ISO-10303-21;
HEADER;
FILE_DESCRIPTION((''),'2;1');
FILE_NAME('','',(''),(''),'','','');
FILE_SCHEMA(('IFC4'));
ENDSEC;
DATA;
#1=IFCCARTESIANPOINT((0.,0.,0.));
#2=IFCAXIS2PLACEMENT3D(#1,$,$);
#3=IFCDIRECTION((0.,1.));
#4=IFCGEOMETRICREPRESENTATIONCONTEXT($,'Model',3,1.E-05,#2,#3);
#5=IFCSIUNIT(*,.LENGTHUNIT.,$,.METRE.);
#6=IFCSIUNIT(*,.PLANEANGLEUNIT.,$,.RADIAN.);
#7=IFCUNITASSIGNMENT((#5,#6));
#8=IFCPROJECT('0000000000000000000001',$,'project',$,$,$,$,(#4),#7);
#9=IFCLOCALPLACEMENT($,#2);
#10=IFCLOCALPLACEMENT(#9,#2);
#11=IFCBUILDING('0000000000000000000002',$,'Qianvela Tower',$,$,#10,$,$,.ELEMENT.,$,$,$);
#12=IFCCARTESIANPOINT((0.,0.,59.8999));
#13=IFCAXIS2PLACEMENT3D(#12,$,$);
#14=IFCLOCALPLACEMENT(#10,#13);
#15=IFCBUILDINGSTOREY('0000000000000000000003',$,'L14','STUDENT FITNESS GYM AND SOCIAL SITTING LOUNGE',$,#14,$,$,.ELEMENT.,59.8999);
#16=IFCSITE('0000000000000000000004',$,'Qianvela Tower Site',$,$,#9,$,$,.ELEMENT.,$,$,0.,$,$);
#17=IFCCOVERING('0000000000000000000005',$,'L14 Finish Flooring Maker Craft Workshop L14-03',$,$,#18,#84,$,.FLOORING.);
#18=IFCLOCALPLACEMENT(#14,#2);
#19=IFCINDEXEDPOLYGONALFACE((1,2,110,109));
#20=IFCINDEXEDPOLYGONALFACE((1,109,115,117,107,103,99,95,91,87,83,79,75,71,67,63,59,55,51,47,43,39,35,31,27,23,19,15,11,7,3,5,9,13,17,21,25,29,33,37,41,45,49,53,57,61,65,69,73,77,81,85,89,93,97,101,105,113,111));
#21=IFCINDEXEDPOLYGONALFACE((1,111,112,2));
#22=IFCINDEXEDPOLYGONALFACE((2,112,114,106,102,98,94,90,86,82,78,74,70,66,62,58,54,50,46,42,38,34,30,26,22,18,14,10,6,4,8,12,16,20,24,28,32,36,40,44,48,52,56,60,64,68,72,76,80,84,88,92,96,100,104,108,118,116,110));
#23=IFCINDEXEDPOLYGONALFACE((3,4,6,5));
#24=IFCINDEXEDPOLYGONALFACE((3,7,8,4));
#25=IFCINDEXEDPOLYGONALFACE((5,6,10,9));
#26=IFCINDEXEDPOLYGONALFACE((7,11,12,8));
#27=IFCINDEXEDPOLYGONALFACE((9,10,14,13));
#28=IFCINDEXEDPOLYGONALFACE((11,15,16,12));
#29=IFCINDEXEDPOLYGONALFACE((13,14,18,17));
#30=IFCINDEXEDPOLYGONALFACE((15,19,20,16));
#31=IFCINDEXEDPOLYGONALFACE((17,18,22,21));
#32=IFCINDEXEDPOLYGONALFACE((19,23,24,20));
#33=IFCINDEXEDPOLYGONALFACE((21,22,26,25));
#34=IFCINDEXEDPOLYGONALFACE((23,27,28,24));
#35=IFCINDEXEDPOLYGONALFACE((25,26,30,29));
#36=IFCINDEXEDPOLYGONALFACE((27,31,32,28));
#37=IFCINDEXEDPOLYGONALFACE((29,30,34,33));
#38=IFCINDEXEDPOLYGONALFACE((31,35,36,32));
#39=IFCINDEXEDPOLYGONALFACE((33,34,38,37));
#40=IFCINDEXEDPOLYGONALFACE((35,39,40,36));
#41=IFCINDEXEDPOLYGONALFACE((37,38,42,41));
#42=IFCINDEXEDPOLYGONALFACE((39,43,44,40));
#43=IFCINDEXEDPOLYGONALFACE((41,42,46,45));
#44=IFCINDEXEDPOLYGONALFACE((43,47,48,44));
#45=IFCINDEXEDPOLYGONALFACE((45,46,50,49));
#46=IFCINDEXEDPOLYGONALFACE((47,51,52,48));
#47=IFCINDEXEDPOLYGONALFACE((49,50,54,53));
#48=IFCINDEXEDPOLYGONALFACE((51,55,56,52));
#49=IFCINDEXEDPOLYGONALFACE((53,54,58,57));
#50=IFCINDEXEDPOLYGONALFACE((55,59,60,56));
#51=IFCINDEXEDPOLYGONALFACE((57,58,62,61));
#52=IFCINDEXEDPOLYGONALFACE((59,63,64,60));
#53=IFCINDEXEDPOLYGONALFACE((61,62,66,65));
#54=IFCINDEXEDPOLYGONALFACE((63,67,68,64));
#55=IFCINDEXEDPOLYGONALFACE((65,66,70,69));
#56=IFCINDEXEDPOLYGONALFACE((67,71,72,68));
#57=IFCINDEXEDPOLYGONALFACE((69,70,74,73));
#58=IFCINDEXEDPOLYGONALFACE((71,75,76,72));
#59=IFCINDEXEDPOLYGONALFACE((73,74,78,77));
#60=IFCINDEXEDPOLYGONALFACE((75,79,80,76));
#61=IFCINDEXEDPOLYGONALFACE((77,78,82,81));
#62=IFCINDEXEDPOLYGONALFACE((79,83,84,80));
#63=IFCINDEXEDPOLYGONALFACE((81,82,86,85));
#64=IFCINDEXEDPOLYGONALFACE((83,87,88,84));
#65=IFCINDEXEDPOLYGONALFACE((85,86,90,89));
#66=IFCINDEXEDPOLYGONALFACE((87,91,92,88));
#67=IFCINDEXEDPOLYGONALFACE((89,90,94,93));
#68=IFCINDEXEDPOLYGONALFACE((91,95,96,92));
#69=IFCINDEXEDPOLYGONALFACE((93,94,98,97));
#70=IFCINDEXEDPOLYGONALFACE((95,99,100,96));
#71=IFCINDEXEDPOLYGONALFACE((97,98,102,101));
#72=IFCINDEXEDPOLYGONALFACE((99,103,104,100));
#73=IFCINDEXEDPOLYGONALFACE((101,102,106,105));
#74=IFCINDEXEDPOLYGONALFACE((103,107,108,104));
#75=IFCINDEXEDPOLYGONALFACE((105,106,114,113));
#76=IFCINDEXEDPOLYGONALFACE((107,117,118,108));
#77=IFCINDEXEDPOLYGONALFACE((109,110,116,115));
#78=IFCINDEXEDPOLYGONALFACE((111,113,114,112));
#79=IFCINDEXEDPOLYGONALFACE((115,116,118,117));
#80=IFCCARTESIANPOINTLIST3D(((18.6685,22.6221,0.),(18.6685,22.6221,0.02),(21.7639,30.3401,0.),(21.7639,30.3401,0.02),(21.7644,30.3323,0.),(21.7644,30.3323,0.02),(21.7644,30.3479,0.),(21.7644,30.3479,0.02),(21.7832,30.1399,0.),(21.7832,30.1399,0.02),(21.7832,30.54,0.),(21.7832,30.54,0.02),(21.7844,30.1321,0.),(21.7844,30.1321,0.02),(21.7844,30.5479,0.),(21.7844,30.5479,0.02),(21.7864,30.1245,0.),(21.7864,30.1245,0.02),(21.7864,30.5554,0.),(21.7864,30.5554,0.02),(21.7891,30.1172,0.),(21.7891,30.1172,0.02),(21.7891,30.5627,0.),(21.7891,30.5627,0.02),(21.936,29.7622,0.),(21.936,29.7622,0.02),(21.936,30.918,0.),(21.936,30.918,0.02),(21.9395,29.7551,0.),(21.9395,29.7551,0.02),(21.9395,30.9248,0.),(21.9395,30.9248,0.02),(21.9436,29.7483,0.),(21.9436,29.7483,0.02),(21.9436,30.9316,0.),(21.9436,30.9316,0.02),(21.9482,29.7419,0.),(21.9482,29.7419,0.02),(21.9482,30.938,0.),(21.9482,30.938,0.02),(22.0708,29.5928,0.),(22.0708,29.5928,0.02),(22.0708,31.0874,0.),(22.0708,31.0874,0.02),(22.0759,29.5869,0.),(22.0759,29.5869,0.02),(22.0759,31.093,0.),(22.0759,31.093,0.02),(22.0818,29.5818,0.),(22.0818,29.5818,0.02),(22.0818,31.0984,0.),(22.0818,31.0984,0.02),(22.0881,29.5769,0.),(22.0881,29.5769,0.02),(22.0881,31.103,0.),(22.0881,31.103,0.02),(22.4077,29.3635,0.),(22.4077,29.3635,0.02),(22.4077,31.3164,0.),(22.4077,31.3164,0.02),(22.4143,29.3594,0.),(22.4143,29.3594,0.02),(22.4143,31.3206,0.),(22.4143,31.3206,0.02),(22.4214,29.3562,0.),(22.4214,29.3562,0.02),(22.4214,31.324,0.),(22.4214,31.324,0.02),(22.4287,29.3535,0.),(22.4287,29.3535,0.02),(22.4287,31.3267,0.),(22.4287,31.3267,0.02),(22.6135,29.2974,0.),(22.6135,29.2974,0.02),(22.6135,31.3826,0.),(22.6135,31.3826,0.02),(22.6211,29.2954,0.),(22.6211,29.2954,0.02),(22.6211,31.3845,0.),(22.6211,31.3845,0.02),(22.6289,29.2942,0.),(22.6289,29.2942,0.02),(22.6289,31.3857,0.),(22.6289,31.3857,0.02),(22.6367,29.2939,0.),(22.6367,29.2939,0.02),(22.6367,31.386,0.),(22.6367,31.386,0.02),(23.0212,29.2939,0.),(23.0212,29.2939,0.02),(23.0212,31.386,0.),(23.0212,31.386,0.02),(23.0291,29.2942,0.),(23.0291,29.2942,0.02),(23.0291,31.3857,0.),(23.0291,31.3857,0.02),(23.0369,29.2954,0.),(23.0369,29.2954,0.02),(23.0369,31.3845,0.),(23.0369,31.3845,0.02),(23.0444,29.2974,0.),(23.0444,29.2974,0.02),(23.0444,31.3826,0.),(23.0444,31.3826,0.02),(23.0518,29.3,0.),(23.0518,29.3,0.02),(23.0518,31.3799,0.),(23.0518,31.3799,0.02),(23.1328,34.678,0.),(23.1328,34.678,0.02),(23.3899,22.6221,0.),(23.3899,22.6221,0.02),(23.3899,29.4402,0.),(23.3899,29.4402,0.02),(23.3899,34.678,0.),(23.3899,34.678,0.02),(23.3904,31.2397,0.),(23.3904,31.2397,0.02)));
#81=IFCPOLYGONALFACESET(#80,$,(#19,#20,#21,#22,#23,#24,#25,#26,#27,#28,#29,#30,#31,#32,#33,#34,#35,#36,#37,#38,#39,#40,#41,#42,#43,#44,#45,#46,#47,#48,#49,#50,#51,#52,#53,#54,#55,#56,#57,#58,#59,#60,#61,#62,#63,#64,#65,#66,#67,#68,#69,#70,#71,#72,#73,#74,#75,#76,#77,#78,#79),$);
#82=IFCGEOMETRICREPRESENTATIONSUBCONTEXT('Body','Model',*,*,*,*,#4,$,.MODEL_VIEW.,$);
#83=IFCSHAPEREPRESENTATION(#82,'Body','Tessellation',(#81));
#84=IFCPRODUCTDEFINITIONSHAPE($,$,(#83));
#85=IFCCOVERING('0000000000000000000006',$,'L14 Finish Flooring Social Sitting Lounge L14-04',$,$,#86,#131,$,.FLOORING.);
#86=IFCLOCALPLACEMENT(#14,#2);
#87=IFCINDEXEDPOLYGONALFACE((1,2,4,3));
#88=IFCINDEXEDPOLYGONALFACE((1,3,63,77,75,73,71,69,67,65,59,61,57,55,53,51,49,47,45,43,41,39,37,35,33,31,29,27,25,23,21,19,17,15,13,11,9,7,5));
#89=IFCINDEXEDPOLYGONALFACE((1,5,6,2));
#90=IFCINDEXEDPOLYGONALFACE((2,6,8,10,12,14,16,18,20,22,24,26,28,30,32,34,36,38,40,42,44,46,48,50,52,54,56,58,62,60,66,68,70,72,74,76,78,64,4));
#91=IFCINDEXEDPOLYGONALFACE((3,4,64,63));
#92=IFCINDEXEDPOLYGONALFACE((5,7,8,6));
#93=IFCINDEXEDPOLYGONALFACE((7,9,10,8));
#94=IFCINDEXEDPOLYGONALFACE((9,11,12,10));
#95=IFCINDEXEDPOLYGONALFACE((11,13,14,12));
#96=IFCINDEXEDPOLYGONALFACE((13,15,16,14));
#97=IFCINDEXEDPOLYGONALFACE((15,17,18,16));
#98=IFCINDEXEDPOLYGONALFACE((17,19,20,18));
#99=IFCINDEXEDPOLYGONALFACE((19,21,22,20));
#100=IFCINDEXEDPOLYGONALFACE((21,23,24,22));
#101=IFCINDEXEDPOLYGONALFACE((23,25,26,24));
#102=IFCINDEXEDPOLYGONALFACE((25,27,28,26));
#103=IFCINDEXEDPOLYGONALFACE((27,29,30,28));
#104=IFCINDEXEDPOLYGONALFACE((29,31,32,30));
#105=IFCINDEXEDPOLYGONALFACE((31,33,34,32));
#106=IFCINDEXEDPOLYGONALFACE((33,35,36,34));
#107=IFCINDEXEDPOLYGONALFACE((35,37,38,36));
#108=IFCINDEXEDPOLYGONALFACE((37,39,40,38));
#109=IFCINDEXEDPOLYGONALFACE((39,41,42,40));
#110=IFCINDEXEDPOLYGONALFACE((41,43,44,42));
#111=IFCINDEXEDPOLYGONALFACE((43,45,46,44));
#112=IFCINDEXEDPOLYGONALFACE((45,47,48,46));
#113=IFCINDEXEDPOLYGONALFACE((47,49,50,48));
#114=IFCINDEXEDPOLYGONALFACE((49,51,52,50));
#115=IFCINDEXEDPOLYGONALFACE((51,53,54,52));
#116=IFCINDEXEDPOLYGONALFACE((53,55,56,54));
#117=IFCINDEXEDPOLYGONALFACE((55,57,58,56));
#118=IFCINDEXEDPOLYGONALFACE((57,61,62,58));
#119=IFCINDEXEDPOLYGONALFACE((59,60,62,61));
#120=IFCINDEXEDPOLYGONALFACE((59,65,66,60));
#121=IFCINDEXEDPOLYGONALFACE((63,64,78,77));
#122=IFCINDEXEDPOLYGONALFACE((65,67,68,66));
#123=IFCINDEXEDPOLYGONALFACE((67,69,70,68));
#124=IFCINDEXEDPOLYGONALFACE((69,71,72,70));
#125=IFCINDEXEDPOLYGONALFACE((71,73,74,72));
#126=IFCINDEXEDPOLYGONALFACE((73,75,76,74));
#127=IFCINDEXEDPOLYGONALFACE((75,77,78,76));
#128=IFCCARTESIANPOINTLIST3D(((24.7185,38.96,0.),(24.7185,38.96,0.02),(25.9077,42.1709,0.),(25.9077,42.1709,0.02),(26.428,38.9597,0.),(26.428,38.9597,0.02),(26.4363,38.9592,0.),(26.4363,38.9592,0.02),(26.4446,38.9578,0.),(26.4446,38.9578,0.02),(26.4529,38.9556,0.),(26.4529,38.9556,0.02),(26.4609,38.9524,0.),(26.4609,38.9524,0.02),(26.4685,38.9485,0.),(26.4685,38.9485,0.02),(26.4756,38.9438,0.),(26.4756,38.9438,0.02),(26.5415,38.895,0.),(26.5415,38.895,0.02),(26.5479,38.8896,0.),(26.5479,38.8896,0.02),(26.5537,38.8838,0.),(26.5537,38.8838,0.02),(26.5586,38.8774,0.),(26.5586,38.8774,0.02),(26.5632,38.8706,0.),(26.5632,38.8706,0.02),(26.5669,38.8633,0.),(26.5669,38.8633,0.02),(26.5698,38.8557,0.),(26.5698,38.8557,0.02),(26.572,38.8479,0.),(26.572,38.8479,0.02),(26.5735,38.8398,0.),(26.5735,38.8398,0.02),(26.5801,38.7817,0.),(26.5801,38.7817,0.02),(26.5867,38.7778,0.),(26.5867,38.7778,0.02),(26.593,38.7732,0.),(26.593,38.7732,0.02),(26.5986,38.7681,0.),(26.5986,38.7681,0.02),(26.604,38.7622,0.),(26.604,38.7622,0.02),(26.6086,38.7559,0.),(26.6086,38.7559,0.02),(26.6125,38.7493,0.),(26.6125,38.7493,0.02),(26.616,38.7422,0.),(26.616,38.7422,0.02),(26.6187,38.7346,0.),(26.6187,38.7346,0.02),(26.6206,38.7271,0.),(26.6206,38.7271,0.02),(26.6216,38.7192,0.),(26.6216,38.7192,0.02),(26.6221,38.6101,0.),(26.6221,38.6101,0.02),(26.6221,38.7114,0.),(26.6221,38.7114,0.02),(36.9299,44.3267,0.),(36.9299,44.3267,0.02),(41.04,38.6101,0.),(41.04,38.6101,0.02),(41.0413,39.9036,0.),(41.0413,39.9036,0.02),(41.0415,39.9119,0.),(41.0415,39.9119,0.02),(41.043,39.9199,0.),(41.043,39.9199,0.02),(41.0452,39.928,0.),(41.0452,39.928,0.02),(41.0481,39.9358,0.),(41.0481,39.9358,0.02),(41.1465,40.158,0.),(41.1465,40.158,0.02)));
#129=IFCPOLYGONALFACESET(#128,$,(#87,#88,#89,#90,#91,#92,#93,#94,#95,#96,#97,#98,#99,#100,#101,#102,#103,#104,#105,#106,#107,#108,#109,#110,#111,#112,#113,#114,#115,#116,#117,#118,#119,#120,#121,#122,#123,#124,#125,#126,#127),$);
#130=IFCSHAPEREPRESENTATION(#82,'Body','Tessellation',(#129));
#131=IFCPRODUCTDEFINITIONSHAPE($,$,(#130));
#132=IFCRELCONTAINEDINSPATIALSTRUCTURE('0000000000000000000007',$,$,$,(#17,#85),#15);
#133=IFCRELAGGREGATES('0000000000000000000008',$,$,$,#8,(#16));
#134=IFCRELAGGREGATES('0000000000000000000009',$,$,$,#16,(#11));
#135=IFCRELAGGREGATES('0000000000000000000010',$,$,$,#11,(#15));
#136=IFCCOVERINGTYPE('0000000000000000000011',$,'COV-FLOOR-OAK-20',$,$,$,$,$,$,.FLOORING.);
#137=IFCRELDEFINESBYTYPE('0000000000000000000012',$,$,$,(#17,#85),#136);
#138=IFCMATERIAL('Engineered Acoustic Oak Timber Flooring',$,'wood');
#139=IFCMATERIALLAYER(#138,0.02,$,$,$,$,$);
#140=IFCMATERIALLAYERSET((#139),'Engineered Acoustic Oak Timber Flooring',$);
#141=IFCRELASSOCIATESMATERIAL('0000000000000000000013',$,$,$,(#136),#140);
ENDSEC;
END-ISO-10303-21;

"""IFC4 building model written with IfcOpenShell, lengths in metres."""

from ifc_helpers import new_model, si_unit, direction, frame, origin, place, context, subcontext, project, spatial, polyline, outline, extrude, material, layer, layer_set, type_object, element, save


model = new_model("IFC4")

# Units and contexts
model_context = context("Model", 3, precision=1e-05, world=origin(), true_north=direction((0.0, 1.0)))
body_context = subcontext(model_context, "Body", "Model", "MODEL_VIEW")
ifc_project = project(units=[si_unit("LENGTHUNIT", "METRE"), si_unit("PLANEANGLEUNIT", "RADIAN")], contexts=[model_context])

# Site, building, storey
site_placement = place(None, origin())
site = spatial("IfcSite", under=ifc_project, at=site_placement, Name="Qianvela Tower Site", CompositionType="ELEMENT", RefElevation=0.0)
building_placement = place(site_placement, origin())
building = spatial("IfcBuilding", under=site, at=building_placement, Name="Qianvela Tower", CompositionType="ELEMENT")
storey_placement = place(building_placement, frame((0.0, 0.0, 59.8999)))
storey = spatial("IfcBuildingStorey", under=building, at=storey_placement, Name="L14", Description="STUDENT FITNESS GYM AND SOCIAL SITTING LOUNGE", CompositionType="ELEMENT", Elevation=59.8999)

# Coverings
ifc_material_1 = material(Name="Engineered Acoustic Oak Timber Flooring", Category="wood")
ifc_layer_1 = layer(ifc_material_1, 0.02)
ifc_layer_set_1 = layer_set([ifc_layer_1], Name="Engineered Acoustic Oak Timber Flooring")
covering_type_1 = type_object("IfcCoveringType", Name="COV-FLOOR-OAK-20", PredefinedType="FLOORING", material=ifc_layer_set_1)
covering_1_placement = place(storey_placement, origin())
element("IfcCovering", 1, at=covering_1_placement, inside=storey, type_object=covering_type_1, Name="L14 Finish Flooring Maker Craft Workshop L14-03", PredefinedType="FLOORING", context=body_context, shape_type="SweptSolid", body=[
    extrude(outline(polyline([(23.3899, 29.4402), (23.3899, 22.6221), (18.6685, 22.6221), (23.1328, 34.678), (23.3899, 34.678), (23.3904, 31.2397), (23.0518, 31.3799), (23.0444, 31.3826), (23.0369, 31.3845), (23.0291, 31.3857), (23.0212, 31.386), (22.6367, 31.386), (22.6289, 31.3857), (22.6211, 31.3845), (22.6135, 31.3826), (22.4287, 31.3267), (22.4214, 31.324), (22.4143, 31.3206), (22.4077, 31.3164), (22.0881, 31.103), (22.0818, 31.0984), (22.0759, 31.093), (22.0708, 31.0874), (21.9482, 30.938), (21.9436, 30.9316), (21.9395, 30.9248), (21.936, 30.918), (21.7891, 30.5627), (21.7864, 30.5554), (21.7844, 30.5479), (21.7832, 30.54), (21.7644, 30.3479), (21.7639, 30.3401), (21.7644, 30.3323), (21.7832, 30.1399), (21.7844, 30.1321), (21.7864, 30.1245), (21.7891, 30.1172), (21.936, 29.7622), (21.9395, 29.7551), (21.9436, 29.7483), (21.9482, 29.7419), (22.0708, 29.5928), (22.0759, 29.5869), (22.0818, 29.5818), (22.0881, 29.5769), (22.4077, 29.3635), (22.4143, 29.3594), (22.4214, 29.3562), (22.4287, 29.3535), (22.6135, 29.2974), (22.6211, 29.2954), (22.6289, 29.2942), (22.6367, 29.2939), (23.0212, 29.2939), (23.0291, 29.2942), (23.0369, 29.2954), (23.0444, 29.2974), (23.0518, 29.3), (23.3899, 29.4402)])), origin(), (0.0, 0.0, 1.0), 0.02),
])
covering_2_placement = place(storey_placement, origin())
element("IfcCovering", 2, at=covering_2_placement, inside=storey, type_object=covering_type_1, Name="L14 Finish Flooring Social Sitting Lounge L14-04", PredefinedType="FLOORING", context=body_context, shape_type="SweptSolid", body=[
    extrude(outline(polyline([(26.5735, 38.8398), (26.572, 38.8479), (26.5698, 38.8557), (26.5669, 38.8633), (26.5632, 38.8706), (26.5586, 38.8774), (26.5537, 38.8838), (26.5479, 38.8896), (26.5415, 38.895), (26.4756, 38.9438), (26.4685, 38.9485), (26.4609, 38.9524), (26.4529, 38.9556), (26.4446, 38.9578), (26.4363, 38.9592), (26.428, 38.9597), (24.7185, 38.96), (25.9077, 42.1709), (36.9299, 44.3267), (41.1465, 40.158), (41.0481, 39.9358), (41.0452, 39.928), (41.043, 39.9199), (41.0415, 39.9119), (41.0413, 39.9036), (41.04, 38.6101), (26.6221, 38.6101), (26.6221, 38.7114), (26.6216, 38.7192), (26.6206, 38.7271), (26.6187, 38.7346), (26.616, 38.7422), (26.6125, 38.7493), (26.6086, 38.7559), (26.604, 38.7622), (26.5986, 38.7681), (26.593, 38.7732), (26.5867, 38.7778), (26.5801, 38.7817), (26.5735, 38.8398)])), origin(), (0.0, 0.0, 1.0), 0.02),
])

save(model, "model.ifc")
